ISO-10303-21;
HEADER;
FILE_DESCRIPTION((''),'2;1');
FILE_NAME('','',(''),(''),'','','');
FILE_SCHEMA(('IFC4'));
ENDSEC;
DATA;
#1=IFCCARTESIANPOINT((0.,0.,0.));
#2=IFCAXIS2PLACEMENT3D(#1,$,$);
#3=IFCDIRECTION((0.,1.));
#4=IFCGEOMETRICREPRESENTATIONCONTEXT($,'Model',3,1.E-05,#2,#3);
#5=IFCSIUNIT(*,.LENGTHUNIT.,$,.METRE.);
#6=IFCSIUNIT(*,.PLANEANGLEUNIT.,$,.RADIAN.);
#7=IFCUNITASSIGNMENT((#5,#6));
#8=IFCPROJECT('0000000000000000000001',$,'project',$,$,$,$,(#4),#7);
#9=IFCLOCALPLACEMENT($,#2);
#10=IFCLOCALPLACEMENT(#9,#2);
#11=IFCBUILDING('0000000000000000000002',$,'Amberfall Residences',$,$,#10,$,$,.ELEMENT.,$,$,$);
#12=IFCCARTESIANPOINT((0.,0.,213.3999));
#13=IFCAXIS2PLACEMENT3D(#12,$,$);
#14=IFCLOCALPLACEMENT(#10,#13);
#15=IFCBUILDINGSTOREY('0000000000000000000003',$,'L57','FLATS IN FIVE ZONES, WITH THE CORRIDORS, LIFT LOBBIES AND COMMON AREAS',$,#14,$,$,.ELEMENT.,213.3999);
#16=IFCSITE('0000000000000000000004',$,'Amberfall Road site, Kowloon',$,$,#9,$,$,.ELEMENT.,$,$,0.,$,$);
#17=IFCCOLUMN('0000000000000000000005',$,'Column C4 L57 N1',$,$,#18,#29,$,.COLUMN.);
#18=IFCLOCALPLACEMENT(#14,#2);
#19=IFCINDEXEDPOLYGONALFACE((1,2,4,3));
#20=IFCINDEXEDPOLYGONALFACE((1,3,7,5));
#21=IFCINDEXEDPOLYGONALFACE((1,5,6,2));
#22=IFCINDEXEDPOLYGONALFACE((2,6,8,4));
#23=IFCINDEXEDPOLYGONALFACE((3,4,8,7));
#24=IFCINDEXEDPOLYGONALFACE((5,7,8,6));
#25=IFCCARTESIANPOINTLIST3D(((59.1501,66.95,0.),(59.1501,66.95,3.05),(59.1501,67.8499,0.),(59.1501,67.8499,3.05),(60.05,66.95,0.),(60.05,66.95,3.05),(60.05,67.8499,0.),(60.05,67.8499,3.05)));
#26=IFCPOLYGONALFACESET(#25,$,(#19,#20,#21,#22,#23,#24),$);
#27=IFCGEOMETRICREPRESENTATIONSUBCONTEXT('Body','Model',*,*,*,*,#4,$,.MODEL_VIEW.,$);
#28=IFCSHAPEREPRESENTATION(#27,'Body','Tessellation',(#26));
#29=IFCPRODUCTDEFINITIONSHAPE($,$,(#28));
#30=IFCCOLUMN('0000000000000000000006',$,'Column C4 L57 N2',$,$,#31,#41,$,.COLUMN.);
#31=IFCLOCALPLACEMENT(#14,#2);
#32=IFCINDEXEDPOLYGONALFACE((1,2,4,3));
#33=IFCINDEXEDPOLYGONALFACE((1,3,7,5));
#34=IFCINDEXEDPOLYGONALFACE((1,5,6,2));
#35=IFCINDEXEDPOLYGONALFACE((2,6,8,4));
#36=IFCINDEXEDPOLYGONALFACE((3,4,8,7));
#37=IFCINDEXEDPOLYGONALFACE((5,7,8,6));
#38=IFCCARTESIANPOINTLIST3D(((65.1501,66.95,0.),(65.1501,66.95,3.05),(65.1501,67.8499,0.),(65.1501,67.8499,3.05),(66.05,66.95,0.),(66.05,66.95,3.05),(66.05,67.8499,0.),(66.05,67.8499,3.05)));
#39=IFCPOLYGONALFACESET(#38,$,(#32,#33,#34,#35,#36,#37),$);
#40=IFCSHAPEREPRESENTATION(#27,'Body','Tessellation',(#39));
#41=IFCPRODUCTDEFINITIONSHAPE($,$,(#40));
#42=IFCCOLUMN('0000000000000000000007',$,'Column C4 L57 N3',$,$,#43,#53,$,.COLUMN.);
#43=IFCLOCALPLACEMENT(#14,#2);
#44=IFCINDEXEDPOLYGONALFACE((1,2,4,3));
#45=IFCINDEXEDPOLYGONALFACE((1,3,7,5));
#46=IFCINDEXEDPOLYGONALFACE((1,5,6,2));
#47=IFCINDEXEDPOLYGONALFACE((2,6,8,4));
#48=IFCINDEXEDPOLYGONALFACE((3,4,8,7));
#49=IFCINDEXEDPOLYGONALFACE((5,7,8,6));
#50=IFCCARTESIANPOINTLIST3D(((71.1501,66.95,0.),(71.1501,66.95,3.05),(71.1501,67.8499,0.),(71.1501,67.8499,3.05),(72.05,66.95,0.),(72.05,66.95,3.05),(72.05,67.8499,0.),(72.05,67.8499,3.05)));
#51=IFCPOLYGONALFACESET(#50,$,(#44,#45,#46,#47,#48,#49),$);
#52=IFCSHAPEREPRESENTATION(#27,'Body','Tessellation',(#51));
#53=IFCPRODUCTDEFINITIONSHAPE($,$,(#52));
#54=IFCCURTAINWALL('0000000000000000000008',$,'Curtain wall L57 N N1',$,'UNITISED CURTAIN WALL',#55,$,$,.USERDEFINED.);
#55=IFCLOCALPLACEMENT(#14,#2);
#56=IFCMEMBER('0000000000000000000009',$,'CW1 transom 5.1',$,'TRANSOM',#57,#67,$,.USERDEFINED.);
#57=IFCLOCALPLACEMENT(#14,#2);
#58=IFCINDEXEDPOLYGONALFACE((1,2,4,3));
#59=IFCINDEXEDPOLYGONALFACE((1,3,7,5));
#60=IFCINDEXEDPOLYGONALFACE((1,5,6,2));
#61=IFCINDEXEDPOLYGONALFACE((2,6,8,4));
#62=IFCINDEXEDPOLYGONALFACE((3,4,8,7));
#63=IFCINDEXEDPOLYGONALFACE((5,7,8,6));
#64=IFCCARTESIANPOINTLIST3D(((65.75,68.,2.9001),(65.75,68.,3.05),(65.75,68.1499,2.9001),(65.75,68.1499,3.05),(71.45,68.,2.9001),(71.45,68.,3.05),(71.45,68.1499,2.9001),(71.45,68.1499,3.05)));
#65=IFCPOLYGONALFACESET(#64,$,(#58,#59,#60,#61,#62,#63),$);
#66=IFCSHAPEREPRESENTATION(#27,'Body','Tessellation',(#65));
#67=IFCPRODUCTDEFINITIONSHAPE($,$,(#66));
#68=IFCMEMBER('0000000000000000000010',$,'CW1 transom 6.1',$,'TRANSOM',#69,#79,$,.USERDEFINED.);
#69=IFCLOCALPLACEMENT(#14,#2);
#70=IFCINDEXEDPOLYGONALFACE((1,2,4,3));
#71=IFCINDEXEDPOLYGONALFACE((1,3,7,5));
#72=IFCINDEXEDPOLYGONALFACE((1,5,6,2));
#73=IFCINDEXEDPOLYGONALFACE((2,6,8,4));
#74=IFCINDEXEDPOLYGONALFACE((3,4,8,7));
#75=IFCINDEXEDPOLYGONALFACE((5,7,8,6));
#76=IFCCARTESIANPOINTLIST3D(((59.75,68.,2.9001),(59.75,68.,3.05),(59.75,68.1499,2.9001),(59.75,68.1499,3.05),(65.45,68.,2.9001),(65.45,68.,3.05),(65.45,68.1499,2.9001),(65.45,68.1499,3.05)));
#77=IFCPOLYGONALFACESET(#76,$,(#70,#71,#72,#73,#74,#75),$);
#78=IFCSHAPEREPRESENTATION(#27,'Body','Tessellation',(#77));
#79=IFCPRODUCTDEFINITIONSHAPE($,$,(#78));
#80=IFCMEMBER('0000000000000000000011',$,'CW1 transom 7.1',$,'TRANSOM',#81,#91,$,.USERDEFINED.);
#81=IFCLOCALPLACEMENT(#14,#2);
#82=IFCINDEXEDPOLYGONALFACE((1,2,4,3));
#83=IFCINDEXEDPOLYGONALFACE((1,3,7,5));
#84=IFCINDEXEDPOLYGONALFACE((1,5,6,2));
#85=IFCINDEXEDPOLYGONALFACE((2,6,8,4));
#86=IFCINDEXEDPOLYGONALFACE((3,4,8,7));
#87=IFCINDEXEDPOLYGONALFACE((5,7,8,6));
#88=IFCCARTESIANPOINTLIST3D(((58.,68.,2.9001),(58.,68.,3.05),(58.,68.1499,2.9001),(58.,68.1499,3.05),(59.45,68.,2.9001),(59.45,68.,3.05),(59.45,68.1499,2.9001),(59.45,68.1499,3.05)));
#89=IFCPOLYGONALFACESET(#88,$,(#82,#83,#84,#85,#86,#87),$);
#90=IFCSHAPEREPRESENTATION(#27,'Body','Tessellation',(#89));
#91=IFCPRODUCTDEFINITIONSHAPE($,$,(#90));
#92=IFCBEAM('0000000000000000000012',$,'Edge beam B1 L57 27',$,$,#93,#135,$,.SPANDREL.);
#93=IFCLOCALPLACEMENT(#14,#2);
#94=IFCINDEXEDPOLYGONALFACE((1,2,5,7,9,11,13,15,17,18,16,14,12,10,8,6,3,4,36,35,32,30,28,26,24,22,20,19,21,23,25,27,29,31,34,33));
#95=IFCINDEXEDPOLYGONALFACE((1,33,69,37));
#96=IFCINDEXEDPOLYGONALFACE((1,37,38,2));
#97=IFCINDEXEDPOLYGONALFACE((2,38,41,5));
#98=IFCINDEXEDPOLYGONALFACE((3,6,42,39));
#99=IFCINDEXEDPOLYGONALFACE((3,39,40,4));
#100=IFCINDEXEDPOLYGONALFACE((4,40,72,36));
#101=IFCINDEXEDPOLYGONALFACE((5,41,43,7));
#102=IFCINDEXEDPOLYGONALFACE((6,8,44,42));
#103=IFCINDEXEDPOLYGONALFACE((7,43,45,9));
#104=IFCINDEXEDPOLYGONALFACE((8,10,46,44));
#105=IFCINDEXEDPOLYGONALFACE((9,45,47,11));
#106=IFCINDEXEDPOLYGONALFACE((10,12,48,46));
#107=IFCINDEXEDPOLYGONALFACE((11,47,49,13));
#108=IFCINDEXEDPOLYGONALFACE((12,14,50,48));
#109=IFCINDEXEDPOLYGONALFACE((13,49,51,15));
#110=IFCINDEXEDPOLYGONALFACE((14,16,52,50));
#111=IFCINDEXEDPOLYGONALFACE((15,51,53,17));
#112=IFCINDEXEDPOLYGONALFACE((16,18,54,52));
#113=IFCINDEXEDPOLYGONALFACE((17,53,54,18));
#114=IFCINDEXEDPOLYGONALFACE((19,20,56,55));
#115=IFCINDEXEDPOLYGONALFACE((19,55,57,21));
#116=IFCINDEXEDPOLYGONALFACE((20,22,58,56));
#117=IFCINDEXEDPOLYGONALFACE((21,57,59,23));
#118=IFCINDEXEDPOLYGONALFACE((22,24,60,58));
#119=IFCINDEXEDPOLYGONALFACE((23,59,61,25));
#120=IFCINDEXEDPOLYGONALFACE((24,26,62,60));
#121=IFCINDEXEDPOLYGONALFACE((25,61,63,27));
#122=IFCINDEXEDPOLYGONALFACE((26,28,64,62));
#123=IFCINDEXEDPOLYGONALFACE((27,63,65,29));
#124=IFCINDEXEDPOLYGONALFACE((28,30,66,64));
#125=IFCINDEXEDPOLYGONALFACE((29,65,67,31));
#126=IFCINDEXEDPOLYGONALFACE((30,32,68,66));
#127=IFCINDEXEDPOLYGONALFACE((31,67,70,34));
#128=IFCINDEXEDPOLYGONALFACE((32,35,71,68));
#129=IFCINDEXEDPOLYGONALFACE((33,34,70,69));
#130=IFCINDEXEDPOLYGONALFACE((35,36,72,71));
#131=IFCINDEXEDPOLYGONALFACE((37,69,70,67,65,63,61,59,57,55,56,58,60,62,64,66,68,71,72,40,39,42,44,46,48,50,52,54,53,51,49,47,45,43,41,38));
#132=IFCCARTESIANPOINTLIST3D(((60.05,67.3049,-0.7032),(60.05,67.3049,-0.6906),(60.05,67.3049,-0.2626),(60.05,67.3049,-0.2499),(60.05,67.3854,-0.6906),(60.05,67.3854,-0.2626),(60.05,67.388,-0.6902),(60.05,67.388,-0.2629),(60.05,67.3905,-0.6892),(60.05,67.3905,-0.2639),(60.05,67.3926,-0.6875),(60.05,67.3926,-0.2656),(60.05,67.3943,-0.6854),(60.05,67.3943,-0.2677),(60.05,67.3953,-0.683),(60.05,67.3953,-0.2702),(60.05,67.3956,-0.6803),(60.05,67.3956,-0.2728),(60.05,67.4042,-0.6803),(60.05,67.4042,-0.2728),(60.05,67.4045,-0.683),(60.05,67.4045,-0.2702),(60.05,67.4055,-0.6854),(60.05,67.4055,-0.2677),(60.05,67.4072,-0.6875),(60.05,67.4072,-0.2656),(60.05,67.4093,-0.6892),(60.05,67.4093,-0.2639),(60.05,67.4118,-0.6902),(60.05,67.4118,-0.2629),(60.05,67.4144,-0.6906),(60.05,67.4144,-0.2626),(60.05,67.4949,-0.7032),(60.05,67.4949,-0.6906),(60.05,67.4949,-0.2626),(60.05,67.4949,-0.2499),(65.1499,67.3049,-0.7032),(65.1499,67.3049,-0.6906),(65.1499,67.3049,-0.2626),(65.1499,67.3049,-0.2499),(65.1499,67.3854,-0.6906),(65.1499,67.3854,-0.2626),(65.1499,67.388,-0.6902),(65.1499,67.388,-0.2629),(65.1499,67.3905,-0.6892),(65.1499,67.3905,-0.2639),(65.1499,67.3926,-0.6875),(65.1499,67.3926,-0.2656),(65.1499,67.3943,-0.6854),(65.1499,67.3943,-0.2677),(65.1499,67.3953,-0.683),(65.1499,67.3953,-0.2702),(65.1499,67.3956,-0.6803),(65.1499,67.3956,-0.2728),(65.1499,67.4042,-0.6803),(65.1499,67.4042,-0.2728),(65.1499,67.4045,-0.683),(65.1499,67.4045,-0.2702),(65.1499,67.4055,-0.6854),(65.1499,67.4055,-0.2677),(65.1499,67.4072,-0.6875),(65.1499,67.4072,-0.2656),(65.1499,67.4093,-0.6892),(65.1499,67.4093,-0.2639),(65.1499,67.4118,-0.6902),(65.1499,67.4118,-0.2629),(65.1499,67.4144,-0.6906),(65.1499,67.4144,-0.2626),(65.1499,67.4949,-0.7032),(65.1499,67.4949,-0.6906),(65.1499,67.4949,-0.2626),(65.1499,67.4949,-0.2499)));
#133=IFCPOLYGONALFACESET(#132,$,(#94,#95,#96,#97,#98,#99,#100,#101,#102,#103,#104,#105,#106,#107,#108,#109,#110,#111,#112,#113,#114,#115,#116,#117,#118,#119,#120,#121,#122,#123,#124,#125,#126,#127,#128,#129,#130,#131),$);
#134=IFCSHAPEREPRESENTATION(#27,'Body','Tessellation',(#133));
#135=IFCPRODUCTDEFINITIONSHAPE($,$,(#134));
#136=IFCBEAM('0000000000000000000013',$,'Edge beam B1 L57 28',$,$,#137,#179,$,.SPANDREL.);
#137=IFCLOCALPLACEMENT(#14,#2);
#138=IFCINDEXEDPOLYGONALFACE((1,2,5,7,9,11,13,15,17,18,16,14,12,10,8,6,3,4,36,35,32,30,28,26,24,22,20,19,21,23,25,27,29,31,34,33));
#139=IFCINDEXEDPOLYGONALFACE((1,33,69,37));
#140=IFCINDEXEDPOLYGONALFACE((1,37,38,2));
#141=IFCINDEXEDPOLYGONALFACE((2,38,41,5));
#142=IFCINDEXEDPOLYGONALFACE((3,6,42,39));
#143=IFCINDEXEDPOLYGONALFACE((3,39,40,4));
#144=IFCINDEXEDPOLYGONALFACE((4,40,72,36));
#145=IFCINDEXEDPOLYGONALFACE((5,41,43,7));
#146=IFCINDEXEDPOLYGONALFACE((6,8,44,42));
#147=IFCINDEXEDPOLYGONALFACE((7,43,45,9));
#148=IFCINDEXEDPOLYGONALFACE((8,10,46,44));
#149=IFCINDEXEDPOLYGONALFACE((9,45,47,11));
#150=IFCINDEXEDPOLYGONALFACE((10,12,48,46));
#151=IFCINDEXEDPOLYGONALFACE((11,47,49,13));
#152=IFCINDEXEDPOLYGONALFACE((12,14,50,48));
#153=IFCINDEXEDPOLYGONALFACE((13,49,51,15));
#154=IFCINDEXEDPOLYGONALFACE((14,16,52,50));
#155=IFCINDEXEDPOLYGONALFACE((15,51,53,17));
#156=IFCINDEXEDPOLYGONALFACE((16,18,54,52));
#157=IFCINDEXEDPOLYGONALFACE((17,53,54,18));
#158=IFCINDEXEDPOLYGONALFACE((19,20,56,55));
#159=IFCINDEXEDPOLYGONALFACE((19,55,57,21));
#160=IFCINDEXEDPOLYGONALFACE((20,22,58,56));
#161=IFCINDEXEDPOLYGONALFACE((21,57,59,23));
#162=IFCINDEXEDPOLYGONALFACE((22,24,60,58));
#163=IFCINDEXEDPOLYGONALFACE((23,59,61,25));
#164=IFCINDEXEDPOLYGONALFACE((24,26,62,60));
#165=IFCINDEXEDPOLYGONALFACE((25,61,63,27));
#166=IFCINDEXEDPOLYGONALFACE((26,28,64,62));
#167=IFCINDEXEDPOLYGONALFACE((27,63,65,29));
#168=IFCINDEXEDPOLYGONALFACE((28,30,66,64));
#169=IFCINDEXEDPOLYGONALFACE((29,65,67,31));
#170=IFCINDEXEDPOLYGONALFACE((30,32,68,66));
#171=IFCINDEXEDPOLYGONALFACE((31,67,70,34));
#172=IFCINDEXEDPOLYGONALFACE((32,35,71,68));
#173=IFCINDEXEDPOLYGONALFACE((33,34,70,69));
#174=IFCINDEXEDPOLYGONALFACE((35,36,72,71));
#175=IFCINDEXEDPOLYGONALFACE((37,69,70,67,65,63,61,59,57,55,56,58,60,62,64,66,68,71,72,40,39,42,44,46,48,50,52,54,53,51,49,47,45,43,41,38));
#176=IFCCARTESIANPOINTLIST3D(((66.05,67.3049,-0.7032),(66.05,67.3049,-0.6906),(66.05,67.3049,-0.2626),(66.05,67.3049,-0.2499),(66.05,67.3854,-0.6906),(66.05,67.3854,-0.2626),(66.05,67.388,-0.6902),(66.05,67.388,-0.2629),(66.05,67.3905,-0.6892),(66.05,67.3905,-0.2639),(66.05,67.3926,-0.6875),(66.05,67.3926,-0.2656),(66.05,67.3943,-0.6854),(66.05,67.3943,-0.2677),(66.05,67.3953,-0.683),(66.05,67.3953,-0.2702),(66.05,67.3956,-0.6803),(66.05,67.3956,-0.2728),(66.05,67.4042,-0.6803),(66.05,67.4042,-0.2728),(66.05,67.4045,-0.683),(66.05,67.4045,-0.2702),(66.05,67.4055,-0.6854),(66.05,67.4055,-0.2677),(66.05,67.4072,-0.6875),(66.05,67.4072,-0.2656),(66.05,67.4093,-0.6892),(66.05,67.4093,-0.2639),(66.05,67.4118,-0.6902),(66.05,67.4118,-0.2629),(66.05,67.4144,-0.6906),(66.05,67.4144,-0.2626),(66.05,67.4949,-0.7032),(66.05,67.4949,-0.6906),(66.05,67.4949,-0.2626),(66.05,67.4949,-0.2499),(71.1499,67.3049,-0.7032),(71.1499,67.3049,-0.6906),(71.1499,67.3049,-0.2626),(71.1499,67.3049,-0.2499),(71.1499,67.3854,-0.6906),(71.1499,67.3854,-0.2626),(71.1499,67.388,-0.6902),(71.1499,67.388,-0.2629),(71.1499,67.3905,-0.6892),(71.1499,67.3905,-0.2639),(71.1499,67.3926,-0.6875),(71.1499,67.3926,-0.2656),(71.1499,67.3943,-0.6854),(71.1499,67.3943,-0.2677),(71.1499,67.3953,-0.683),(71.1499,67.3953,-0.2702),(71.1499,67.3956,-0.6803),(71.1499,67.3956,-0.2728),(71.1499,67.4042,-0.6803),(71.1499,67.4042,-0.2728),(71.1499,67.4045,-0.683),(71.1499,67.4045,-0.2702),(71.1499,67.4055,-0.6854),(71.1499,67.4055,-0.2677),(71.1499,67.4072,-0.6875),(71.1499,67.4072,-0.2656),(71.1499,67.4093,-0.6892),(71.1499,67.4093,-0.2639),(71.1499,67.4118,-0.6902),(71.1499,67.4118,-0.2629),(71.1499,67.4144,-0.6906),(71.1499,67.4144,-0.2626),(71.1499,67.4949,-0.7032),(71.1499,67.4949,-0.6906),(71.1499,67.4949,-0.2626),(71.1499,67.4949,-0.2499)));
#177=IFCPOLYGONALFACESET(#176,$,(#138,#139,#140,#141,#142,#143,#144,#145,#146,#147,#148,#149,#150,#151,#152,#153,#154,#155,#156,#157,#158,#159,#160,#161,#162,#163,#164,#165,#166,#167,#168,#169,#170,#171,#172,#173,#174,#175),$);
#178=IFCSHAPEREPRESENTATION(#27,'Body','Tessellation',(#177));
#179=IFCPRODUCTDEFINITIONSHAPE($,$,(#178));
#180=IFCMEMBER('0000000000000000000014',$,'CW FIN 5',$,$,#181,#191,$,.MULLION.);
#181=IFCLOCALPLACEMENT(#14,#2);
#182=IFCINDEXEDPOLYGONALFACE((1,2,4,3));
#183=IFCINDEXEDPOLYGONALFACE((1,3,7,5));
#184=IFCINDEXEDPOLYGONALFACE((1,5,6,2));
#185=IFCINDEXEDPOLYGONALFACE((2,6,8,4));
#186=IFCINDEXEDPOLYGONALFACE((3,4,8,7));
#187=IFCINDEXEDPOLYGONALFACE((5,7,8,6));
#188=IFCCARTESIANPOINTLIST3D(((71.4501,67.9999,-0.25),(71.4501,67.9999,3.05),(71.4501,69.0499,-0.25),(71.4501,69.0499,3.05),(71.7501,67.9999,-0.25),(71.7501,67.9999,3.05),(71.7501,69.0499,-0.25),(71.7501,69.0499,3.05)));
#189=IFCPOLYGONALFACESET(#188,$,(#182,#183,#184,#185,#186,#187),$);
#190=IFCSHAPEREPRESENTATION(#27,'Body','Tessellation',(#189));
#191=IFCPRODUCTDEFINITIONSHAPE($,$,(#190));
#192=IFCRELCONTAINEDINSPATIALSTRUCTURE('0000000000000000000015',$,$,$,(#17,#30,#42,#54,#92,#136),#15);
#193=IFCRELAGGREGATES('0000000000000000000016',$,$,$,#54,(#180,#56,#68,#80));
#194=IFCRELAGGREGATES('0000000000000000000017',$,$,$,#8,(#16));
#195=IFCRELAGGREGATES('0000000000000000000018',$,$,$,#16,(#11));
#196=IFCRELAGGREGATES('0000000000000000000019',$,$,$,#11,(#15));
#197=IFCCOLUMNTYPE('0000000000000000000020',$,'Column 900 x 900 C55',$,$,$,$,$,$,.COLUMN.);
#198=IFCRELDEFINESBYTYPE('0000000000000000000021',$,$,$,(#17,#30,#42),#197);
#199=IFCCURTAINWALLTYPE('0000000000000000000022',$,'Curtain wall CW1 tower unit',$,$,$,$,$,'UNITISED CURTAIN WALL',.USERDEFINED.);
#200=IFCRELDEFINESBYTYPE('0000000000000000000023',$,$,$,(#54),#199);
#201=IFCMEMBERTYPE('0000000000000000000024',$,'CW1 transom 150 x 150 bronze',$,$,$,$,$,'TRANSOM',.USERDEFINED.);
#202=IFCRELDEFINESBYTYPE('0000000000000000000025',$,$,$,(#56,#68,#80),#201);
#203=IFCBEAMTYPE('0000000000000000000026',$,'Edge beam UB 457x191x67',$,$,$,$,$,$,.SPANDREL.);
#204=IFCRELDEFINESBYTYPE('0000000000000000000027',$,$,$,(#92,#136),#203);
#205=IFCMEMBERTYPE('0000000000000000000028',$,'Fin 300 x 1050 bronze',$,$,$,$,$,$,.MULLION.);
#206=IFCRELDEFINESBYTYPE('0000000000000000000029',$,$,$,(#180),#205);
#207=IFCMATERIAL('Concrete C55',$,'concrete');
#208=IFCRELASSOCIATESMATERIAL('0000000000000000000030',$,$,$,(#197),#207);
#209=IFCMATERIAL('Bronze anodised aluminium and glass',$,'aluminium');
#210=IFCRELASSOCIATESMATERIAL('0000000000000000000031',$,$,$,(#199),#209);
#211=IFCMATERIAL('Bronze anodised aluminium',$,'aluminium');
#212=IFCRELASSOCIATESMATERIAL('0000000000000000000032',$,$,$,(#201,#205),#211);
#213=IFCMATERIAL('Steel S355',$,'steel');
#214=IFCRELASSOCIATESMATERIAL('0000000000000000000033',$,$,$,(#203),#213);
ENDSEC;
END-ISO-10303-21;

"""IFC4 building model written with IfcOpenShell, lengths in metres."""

from ifc_helpers import new_model, si_unit, direction, frame, origin, origin_2d, place, context, subcontext, project, spatial, rectangle, i_section, extrude, material, material_profile, profile_set, type_object, element, aggregate, save


model = new_model("IFC4")

# Units and contexts
model_context = context("Model", 3, precision=1e-05, world=origin(), true_north=direction((0.0, 1.0)))
body_context = subcontext(model_context, "Body", "Model", "MODEL_VIEW")
ifc_project = project(units=[si_unit("LENGTHUNIT", "METRE"), si_unit("PLANEANGLEUNIT", "RADIAN")], contexts=[model_context])

# Site, building, storey
site_placement = place(None, origin())
site = spatial("IfcSite", under=ifc_project, at=site_placement, Name="Amberfall Road site, Kowloon", CompositionType="ELEMENT", RefElevation=0.0)
building_placement = place(site_placement, origin())
building = spatial("IfcBuilding", under=site, at=building_placement, Name="Amberfall Residences", CompositionType="ELEMENT")
storey_placement = place(building_placement, frame((0.0, 0.0, 213.3999)))
storey = spatial("IfcBuildingStorey", under=building, at=storey_placement, Name="L57", Description="FLATS IN FIVE ZONES, WITH THE CORRIDORS, LIFT LOBBIES AND COMMON AREAS", CompositionType="ELEMENT", Elevation=213.3999)

# Columns
ifc_material_1 = material(Name="Concrete C55", Category="concrete")
ifc_material_profile_1 = material_profile(ifc_material_1, rectangle(XDim=0.8999, YDim=0.8999, at=origin_2d()), Name="Column 900 x 900 C55")
ifc_profile_set_1 = profile_set([ifc_material_profile_1], Name="Concrete C55")
column_type = type_object("IfcColumnType", Name="Column 900 x 900 C55", PredefinedType="COLUMN", material=ifc_profile_set_1)
for number, where, z_axis, x_axis, name in (
    (1, (59.6001, 67.3999, 0.0), (0.0, 0.0, 1.0), (1.0, 0.0, 0.0), "Column C4 L57 N1"),
    (2, (65.6001, 67.3999, 0.0), (0.0, 0.0, 1.0), (1.0, 0.0, 0.0), "Column C4 L57 N2"),
    (3, (71.6001, 67.3999, 0.0), (0.0, 0.0, 1.0), (1.0, 0.0, 0.0), "Column C4 L57 N3"),
):
    element("IfcColumn", number, at=place(storey_placement, frame(where, z_axis=z_axis, x_axis=x_axis)), inside=storey, type_object=column_type, Name=name, PredefinedType="COLUMN", context=body_context, shape_type="SweptSolid", body=[
        extrude(rectangle(XDim=0.8999, YDim=0.8999, at=origin_2d()), origin(), (0.0, 0.0, 1.0), 3.05),
    ])

# Curtain wall, members
ifc_material_2 = material(Name="Bronze anodised aluminium and glass", Category="aluminium")
curtain_wall_type = type_object("IfcCurtainWallType", Name="Curtain wall CW1 tower unit", ElementType="UNITISED CURTAIN WALL", PredefinedType="USERDEFINED", material=ifc_material_2)
curtain_wall_placement = place(storey_placement, origin())
curtain_wall = element("IfcCurtainWall", 4, at=curtain_wall_placement, inside=storey, type_object=curtain_wall_type, Name="Curtain wall L57 N N1", ObjectType="UNITISED CURTAIN WALL", PredefinedType="USERDEFINED")
ifc_material_3 = material(Name="Bronze anodised aluminium", Category="aluminium")
ifc_material_profile_2 = material_profile(ifc_material_3, rectangle(XDim=0.1499, YDim=0.1499, at=origin_2d()), Name="CW1 transom 150 x 150 bronze")
ifc_profile_set_2 = profile_set([ifc_material_profile_2], Name="Bronze anodised aluminium")
member_type_1 = type_object("IfcMemberType", Name="CW1 transom 150 x 150 bronze", ElementType="TRANSOM", PredefinedType="USERDEFINED", material=ifc_profile_set_2)
member_1_placement = place(storey_placement, frame((71.45, 68.075, 2.9751), z_axis=(-1.0, 0.0, 0.0), x_axis=(0.0, -1.0, 0.0)))
member_1 = element("IfcMember", 5, at=member_1_placement, type_object=member_type_1, Name="CW1 transom 5.1", ObjectType="TRANSOM", PredefinedType="USERDEFINED", context=body_context, shape_type="SweptSolid", body=[
    extrude(rectangle(XDim=0.1499, YDim=0.1499, at=origin_2d()), origin(), (0.0, 0.0, 1.0), 5.7),
])
member_2_placement = place(storey_placement, frame((65.45, 68.075, 2.9751), z_axis=(-1.0, 0.0, 0.0), x_axis=(0.0, -1.0, 0.0)))
member_2 = element("IfcMember", 6, at=member_2_placement, type_object=member_type_1, Name="CW1 transom 6.1", ObjectType="TRANSOM", PredefinedType="USERDEFINED", context=body_context, shape_type="SweptSolid", body=[
    extrude(rectangle(XDim=0.1499, YDim=0.1499, at=origin_2d()), origin(), (0.0, 0.0, 1.0), 5.7),
])
member_3_placement = place(storey_placement, frame((59.45, 68.075, 2.9751), z_axis=(-1.0, 0.0, 0.0), x_axis=(0.0, -1.0, 0.0)))
member_3 = element("IfcMember", 7, at=member_3_placement, type_object=member_type_1, Name="CW1 transom 7.1", ObjectType="TRANSOM", PredefinedType="USERDEFINED", context=body_context, shape_type="SweptSolid", body=[
    extrude(rectangle(XDim=0.1499, YDim=0.1499, at=origin_2d()), origin(), (0.0, 0.0, 1.0), 1.45),
])

# Beams
ifc_material_4 = material(Name="Steel S355", Category="steel")
ifc_material_profile_3 = material_profile(ifc_material_4, i_section(OverallWidth=0.1899, OverallDepth=0.4534, WebThickness=0.0085, FlangeThickness=0.0127, FilletRadius=0.0103, at=origin_2d()), Name="UB 457x191x67")
ifc_profile_set_3 = profile_set([ifc_material_profile_3], Name="Steel S355")
beam_type_1 = type_object("IfcBeamType", Name="Edge beam UB 457x191x67", PredefinedType="SPANDREL", material=ifc_profile_set_3)
for number, where, z_axis, x_axis, name in (
    (8, (60.05, 67.3999, -0.4766), (1.0, 0.0, 0.0), (0.0, 1.0, 0.0), "Edge beam B1 L57 27"),
    (9, (66.05, 67.3999, -0.4766), (1.0, 0.0, 0.0), (0.0, 1.0, 0.0), "Edge beam B1 L57 28"),
):
    element("IfcBeam", number, at=place(storey_placement, frame(where, z_axis=z_axis, x_axis=x_axis)), inside=storey, type_object=beam_type_1, Name=name, PredefinedType="SPANDREL", context=body_context, shape_type="SweptSolid", body=[
        extrude(i_section(OverallWidth=0.1899, OverallDepth=0.4534, WebThickness=0.0085, FlangeThickness=0.0127, FilletRadius=0.0103, at=origin_2d()), origin(), (0.0, 0.0, 1.0), 5.0999),
    ])

# Member
ifc_material_profile_4 = material_profile(ifc_material_3, rectangle(XDim=1.05, YDim=0.3, at=origin_2d()), Name="Fin 300 x 1050 bronze")
ifc_profile_set_4 = profile_set([ifc_material_profile_4], Name="Bronze anodised aluminium")
member_type_2 = type_object("IfcMemberType", Name="Fin 300 x 1050 bronze", PredefinedType="MULLION", material=ifc_profile_set_4)
member_4_placement = place(storey_placement, frame((71.6001, 68.5249, -0.25), z_axis=(0.0, 0.0, 1.0), x_axis=(0.0, -1.0, 0.0)))
member_4 = element("IfcMember", 10, at=member_4_placement, type_object=member_type_2, Name="CW FIN 5", PredefinedType="MULLION", context=body_context, shape_type="SweptSolid", body=[
    extrude(rectangle(XDim=1.05, YDim=0.3, at=origin_2d()), origin(), (0.0, 0.0, 1.0), 3.3),
])

aggregate(curtain_wall, [member_4, member_1, member_2, member_3])

save(model, "model.ifc")
